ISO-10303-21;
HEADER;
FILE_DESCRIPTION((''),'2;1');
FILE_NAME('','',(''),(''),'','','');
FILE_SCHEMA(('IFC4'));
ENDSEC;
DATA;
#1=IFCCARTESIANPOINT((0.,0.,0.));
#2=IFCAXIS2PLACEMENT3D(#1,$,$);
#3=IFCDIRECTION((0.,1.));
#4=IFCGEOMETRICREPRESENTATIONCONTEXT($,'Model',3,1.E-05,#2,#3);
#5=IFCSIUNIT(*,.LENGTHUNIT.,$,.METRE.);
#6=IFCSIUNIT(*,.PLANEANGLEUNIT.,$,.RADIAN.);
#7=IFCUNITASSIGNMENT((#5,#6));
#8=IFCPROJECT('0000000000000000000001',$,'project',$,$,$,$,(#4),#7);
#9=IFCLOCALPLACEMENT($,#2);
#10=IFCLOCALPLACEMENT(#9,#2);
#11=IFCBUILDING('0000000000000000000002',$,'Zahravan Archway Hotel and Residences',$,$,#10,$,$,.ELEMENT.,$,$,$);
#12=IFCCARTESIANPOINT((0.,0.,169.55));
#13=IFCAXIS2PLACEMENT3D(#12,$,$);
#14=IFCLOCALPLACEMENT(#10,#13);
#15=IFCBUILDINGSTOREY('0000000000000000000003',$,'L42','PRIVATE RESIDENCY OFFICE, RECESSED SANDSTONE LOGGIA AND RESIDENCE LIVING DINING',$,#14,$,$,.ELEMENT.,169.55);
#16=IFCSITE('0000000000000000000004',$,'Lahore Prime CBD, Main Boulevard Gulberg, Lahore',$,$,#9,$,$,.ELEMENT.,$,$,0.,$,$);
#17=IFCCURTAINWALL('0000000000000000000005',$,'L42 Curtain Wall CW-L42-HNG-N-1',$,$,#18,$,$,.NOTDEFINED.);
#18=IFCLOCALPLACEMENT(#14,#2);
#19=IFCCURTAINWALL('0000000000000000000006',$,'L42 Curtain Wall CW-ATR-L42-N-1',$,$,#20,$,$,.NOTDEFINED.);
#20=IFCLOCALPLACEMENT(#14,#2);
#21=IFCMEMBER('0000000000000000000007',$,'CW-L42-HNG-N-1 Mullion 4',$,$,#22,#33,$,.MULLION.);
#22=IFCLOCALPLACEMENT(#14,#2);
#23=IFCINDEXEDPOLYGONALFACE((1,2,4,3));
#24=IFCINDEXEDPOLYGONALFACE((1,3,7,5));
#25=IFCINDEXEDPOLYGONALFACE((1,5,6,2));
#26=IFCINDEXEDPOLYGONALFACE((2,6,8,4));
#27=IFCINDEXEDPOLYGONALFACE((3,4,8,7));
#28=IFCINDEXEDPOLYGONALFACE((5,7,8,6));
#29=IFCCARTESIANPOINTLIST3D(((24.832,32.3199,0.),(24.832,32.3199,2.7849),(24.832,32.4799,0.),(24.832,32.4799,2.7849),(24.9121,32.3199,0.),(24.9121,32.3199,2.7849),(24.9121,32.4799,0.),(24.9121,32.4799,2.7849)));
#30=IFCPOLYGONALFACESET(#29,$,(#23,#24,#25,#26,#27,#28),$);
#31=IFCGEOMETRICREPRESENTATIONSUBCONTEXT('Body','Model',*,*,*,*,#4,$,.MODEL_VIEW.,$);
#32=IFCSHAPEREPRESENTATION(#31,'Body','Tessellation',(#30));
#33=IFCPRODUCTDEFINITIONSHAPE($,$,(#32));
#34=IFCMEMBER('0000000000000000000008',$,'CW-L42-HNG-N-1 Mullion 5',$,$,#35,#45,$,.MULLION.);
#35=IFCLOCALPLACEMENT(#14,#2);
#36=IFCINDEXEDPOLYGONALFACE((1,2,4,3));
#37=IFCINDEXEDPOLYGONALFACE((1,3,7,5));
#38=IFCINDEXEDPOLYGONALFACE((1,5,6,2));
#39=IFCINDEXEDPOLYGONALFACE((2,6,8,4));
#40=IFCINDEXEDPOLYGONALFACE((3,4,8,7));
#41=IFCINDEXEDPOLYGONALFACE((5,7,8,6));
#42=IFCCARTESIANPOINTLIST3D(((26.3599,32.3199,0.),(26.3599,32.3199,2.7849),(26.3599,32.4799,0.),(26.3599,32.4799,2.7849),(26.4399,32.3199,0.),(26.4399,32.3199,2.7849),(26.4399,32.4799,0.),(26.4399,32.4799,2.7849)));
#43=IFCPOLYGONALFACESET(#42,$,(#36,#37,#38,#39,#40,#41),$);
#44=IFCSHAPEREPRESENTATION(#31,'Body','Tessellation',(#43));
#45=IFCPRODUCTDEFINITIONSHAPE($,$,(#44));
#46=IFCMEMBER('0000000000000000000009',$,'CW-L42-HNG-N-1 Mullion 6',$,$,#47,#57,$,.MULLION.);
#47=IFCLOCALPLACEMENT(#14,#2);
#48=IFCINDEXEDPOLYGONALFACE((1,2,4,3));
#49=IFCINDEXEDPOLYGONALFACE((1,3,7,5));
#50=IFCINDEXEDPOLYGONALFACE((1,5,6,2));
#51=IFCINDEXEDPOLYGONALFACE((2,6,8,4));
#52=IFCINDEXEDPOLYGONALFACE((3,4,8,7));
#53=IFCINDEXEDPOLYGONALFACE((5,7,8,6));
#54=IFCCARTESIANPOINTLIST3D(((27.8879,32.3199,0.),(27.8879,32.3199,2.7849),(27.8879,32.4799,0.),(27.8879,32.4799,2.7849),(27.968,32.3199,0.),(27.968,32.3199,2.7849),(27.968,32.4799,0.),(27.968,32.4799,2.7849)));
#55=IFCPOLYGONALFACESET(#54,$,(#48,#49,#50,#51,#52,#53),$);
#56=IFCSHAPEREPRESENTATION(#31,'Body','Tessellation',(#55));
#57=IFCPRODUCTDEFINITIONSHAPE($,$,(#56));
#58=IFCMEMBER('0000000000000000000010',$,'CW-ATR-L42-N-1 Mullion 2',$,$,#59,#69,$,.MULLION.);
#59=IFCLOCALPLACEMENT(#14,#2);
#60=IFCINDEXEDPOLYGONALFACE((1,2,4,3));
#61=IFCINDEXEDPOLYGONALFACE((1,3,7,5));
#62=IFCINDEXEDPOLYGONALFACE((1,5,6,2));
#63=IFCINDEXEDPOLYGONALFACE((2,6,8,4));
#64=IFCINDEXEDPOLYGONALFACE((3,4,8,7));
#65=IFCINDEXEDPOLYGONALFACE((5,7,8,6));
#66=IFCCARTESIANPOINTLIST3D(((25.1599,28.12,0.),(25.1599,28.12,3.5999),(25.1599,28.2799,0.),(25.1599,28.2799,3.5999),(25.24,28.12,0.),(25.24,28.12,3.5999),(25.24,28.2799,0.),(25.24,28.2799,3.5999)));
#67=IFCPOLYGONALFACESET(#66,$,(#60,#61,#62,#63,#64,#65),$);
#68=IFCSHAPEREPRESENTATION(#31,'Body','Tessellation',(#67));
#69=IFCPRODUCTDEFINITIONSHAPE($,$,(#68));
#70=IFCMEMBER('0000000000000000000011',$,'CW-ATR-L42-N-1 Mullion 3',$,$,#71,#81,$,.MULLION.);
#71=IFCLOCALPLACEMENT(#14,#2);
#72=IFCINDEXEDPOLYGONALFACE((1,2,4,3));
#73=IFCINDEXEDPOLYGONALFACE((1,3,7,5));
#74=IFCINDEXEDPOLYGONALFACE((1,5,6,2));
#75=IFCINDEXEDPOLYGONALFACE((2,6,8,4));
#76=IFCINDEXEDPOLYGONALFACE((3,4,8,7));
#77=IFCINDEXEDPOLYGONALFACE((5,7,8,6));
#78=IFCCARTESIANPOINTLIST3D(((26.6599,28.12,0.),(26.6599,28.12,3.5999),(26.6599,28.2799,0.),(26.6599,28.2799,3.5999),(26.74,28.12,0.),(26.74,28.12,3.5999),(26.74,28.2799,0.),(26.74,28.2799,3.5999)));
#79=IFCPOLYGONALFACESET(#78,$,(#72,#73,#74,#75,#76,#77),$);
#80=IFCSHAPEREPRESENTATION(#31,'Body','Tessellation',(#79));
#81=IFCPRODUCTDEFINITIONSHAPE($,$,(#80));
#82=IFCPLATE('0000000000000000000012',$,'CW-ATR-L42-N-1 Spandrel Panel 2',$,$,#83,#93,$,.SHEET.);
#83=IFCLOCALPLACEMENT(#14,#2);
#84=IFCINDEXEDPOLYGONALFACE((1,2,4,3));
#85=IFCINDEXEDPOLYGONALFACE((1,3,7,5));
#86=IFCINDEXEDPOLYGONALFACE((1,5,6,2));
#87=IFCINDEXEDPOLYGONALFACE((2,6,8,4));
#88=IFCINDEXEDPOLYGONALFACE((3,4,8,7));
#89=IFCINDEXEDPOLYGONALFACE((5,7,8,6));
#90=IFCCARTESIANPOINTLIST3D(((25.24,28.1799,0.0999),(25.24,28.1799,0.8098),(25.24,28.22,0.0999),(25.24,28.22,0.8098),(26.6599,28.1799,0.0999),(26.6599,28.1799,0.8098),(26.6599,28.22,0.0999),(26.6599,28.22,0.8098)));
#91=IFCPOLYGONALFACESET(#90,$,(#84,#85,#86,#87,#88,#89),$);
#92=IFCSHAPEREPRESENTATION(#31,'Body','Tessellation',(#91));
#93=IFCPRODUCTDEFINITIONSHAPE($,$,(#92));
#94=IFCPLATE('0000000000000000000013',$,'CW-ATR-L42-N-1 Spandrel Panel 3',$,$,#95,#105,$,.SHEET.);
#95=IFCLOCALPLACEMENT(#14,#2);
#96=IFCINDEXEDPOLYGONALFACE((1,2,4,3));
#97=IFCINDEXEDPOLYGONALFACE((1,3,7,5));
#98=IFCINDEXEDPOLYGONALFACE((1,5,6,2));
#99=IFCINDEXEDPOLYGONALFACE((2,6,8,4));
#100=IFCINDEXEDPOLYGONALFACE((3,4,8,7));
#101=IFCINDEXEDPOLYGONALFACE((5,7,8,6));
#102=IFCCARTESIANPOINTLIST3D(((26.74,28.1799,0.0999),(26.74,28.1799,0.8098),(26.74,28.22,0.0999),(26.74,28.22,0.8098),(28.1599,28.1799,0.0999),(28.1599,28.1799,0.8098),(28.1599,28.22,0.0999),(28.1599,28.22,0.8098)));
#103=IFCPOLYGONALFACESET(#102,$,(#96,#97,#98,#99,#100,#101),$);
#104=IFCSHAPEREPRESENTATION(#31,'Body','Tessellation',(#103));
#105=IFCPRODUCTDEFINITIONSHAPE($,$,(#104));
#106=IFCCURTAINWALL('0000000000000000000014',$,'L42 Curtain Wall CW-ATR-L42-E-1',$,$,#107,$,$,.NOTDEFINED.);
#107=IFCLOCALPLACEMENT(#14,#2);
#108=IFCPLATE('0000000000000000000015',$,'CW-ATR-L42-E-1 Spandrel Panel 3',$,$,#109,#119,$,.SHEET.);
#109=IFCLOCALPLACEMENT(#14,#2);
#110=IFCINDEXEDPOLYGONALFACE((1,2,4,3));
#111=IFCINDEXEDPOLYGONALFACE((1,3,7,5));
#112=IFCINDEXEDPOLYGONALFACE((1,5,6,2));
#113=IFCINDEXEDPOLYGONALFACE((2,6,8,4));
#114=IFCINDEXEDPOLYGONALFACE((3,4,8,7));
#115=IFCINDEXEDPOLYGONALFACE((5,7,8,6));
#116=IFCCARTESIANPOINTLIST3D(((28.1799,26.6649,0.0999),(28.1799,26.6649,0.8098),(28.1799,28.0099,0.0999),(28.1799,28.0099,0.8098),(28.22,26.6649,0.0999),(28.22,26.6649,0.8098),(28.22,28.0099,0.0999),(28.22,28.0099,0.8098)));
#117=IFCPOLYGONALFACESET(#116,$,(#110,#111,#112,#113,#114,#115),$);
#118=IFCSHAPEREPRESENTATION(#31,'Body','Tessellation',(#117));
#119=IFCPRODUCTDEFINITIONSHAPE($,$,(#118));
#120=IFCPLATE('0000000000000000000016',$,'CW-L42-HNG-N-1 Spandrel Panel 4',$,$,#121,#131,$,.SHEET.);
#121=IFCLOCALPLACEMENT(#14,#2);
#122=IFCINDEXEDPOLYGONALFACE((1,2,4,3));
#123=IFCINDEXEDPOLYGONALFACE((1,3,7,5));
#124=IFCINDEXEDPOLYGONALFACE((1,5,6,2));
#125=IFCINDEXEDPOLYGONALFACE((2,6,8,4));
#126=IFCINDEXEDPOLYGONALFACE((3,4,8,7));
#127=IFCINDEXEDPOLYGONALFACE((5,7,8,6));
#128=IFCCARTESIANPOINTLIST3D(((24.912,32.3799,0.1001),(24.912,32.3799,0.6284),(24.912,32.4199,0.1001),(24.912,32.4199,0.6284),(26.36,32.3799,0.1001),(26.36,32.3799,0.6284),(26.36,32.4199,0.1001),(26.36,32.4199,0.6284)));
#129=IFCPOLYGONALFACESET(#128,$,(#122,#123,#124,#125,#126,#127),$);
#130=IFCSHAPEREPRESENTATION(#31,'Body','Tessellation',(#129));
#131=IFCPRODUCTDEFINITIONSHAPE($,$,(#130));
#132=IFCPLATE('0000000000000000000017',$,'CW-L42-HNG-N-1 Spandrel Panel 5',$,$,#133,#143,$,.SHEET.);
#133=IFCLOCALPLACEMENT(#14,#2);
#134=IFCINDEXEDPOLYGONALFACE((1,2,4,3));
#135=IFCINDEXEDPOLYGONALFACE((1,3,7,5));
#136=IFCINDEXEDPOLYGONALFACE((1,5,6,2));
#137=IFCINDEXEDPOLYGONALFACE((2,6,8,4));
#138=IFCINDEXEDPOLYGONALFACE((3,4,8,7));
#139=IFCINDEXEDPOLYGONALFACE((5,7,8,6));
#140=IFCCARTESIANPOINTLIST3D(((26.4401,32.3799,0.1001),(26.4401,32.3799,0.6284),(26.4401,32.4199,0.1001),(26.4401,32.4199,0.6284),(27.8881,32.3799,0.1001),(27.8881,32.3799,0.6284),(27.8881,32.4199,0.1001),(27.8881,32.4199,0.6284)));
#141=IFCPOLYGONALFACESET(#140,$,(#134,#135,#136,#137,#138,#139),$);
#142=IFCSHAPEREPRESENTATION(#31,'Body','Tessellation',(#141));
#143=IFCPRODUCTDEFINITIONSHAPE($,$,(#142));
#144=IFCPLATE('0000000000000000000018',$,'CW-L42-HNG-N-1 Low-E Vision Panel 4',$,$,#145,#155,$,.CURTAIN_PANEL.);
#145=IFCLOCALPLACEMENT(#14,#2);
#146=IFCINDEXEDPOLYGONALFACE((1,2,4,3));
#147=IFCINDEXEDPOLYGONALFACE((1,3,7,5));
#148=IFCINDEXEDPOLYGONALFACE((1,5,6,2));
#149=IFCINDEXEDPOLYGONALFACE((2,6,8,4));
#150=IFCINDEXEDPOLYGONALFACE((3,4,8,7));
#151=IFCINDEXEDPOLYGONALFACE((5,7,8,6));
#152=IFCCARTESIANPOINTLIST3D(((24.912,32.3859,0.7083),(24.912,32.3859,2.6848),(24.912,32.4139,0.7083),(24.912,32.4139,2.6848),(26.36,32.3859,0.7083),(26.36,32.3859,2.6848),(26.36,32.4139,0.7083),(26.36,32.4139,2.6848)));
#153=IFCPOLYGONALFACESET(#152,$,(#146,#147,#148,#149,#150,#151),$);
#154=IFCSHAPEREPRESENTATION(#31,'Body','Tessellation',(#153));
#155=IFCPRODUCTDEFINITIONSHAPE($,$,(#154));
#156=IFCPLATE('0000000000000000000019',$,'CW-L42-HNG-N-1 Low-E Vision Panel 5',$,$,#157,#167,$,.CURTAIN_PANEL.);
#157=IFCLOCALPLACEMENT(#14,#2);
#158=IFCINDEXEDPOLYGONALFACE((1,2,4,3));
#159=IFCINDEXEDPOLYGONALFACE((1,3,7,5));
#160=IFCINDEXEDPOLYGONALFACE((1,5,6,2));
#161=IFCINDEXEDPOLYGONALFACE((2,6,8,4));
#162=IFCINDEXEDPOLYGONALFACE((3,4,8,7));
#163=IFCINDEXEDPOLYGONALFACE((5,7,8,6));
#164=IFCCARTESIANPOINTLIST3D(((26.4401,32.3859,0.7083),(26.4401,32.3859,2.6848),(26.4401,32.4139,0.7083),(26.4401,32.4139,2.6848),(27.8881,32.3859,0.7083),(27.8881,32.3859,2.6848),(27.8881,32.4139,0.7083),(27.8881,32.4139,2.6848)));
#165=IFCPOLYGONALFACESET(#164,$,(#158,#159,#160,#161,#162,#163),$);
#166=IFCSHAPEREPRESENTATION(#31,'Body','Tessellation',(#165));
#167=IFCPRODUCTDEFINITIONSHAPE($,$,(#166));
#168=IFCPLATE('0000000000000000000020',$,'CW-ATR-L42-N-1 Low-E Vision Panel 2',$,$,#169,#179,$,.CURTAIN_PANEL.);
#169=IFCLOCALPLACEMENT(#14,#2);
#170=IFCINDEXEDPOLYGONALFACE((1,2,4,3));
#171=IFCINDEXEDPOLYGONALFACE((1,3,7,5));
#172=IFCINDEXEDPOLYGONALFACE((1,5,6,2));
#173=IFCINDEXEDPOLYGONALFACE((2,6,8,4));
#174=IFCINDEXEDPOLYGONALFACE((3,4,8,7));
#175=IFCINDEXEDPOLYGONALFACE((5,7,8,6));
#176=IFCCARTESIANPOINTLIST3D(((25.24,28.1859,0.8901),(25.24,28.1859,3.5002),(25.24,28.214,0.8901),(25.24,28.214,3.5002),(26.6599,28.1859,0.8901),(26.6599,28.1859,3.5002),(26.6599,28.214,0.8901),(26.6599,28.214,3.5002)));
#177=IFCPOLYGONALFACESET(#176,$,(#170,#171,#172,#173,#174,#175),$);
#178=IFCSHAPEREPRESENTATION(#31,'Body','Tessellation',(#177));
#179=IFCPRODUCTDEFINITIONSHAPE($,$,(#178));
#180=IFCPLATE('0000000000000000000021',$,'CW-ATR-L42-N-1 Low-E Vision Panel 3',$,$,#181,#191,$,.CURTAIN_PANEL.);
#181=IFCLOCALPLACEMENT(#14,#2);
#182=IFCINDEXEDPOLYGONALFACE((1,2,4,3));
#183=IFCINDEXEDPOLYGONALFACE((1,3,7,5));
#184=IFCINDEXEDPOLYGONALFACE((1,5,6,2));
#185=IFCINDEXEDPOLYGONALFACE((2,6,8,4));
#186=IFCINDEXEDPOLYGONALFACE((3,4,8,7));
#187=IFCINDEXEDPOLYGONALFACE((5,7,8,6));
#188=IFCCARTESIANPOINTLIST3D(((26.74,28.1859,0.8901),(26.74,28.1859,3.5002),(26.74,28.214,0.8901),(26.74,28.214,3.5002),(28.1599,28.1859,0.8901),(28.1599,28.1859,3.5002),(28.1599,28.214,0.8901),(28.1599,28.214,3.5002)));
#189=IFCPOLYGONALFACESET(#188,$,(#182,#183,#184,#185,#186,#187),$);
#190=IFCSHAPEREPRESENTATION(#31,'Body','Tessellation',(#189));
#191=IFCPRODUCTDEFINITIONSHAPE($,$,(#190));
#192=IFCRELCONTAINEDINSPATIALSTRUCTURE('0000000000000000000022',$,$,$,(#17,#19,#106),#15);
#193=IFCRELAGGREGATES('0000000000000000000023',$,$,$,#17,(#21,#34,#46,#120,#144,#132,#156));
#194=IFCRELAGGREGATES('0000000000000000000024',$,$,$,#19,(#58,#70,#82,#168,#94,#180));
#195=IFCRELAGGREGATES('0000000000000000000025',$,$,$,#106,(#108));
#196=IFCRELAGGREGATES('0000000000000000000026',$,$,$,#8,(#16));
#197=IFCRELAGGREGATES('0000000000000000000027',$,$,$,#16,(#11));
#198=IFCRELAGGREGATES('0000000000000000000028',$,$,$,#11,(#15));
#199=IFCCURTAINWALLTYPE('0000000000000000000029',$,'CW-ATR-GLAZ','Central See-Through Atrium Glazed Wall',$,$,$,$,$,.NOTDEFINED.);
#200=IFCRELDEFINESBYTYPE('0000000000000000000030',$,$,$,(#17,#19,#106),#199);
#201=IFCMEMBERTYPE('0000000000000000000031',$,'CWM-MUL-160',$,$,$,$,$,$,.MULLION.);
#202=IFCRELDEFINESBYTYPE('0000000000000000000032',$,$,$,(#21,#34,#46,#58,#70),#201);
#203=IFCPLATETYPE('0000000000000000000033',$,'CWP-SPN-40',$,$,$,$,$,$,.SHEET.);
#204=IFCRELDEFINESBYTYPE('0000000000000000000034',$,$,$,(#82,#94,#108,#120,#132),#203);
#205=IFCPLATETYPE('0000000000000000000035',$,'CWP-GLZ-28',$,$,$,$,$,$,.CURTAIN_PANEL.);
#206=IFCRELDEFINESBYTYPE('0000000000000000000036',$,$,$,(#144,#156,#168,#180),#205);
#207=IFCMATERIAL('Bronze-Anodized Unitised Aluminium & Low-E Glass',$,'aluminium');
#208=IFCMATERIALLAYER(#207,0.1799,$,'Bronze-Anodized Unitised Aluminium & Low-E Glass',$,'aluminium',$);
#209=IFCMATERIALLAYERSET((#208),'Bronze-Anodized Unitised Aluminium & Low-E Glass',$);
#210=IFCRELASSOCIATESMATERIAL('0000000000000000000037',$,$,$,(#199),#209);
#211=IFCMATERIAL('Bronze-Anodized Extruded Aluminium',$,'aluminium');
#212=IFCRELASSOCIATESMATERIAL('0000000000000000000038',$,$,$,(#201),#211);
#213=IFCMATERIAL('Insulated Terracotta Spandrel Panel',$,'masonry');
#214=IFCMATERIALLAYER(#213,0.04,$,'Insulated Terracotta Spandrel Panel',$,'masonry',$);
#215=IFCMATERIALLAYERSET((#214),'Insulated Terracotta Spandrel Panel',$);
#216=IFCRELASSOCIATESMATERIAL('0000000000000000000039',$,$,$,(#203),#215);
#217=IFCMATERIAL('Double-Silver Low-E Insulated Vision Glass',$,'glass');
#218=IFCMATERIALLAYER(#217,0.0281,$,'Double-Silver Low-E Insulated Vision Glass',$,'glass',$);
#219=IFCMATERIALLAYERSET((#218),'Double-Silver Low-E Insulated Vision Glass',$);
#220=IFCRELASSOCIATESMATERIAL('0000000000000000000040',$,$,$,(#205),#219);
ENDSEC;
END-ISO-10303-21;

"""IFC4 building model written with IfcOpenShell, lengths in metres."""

from ifc_helpers import new_model, si_unit, direction, frame, origin, origin_2d, place, context, subcontext, project, spatial, rectangle, extrude, source, transform, mapped, material, layer, layer_set, material_profile, profile_set, type_object, element, aggregate, save


model = new_model("IFC4")

# Units and contexts
model_context = context("Model", 3, precision=1e-05, world=origin(), true_north=direction((0.0, 1.0)))
body_context = subcontext(model_context, "Body", "Model", "MODEL_VIEW")
ifc_project = project(units=[si_unit("LENGTHUNIT", "METRE"), si_unit("PLANEANGLEUNIT", "RADIAN")], contexts=[model_context])

# Site, building, storey
site_placement = place(None, origin())
site = spatial("IfcSite", under=ifc_project, at=site_placement, Name="Lahore Prime CBD, Main Boulevard Gulberg, Lahore", CompositionType="ELEMENT", RefElevation=0.0)
building_placement = place(site_placement, origin())
building = spatial("IfcBuilding", under=site, at=building_placement, Name="Zahravan Archway Hotel and Residences", CompositionType="ELEMENT")
storey_placement = place(building_placement, frame((0.0, 0.0, 169.55)))
storey = spatial("IfcBuildingStorey", under=building, at=storey_placement, Name="L42", Description="PRIVATE RESIDENCY OFFICE, RECESSED SANDSTONE LOGGIA AND RESIDENCE LIVING DINING", CompositionType="ELEMENT", Elevation=169.55)

# Curtain walls
ifc_material_1 = material(Name="Bronze-Anodized Unitised Aluminium & Low-E Glass", Category="aluminium")
ifc_layer_1 = layer(ifc_material_1, 0.1799, Name="Bronze-Anodized Unitised Aluminium & Low-E Glass", Category="aluminium")
ifc_layer_set_1 = layer_set([ifc_layer_1], Name="Bronze-Anodized Unitised Aluminium & Low-E Glass")
curtain_wall_type = type_object("IfcCurtainWallType", Name="CW-ATR-GLAZ", Description="Central See-Through Atrium Glazed Wall", PredefinedType="NOTDEFINED", material=ifc_layer_set_1)
curtain_wall_1_placement = place(storey_placement, origin())
curtain_wall_1 = element("IfcCurtainWall", 1, at=curtain_wall_1_placement, inside=storey, type_object=curtain_wall_type, Name="L42 Curtain Wall CW-L42-HNG-N-1", PredefinedType="NOTDEFINED")
ifc_material_2 = material(Name="Bronze-Anodized Extruded Aluminium", Category="aluminium")
curtain_wall_2_placement = place(storey_placement, origin())
curtain_wall_2 = element("IfcCurtainWall", 2, at=curtain_wall_2_placement, inside=storey, type_object=curtain_wall_type, Name="L42 Curtain Wall CW-ATR-L42-N-1", PredefinedType="NOTDEFINED")

# Members
ifc_material_profile_1 = material_profile(ifc_material_2, rectangle(XDim=0.0801, YDim=0.1599, at=origin_2d()), Name="MUL 80x160", Category="aluminium")
ifc_profile_set_1 = profile_set([ifc_material_profile_1], Name="Bronze-Anodized Extruded Aluminium")
member_type_1 = type_object("IfcMemberType", Name="CWM-MUL-160", PredefinedType="MULLION", material=ifc_profile_set_1)
shared_shape_1 = source(origin(), body_context, "Body", "SweptSolid", [
    extrude(rectangle(XDim=0.0801, YDim=0.1599, at=origin_2d()), origin(), (0.0, 0.0, 1.0), 2.7849),
])
member_1_placement = place(storey_placement, frame((24.8721, 32.3999, 0.0), z_axis=(0.0, 0.0, 1.0), x_axis=(1.0, 0.0, 0.0)))
member_1 = element("IfcMember", 3, at=member_1_placement, type_object=member_type_1, Name="CW-L42-HNG-N-1 Mullion 4", PredefinedType="MULLION", context=body_context, shape_type="MappedRepresentation", body=[
    mapped(shared_shape_1, transform((0.0, 0.0, 0.0), scale=1.0)),
])
member_2_placement = place(storey_placement, frame((26.3999, 32.3999, 0.0), z_axis=(0.0, 0.0, 1.0), x_axis=(1.0, 0.0, 0.0)))
member_2 = element("IfcMember", 4, at=member_2_placement, type_object=member_type_1, Name="CW-L42-HNG-N-1 Mullion 5", PredefinedType="MULLION", context=body_context, shape_type="MappedRepresentation", body=[
    mapped(shared_shape_1, transform((0.0, 0.0, 0.0), scale=1.0)),
])
member_3_placement = place(storey_placement, frame((27.928, 32.3999, 0.0), z_axis=(0.0, 0.0, 1.0), x_axis=(1.0, 0.0, 0.0)))
member_3 = element("IfcMember", 5, at=member_3_placement, type_object=member_type_1, Name="CW-L42-HNG-N-1 Mullion 6", PredefinedType="MULLION", context=body_context, shape_type="MappedRepresentation", body=[
    mapped(shared_shape_1, transform((0.0, 0.0, 0.0), scale=1.0)),
])
shared_shape_2 = source(origin(), body_context, "Body", "SweptSolid", [
    extrude(rectangle(XDim=0.0801, YDim=0.1599, at=origin_2d()), origin(), (0.0, 0.0, 1.0), 3.5999),
])
member_4_placement = place(storey_placement, frame((25.2, 28.2, 0.0), z_axis=(0.0, 0.0, 1.0), x_axis=(1.0, 0.0, 0.0)))
member_4 = element("IfcMember", 6, at=member_4_placement, type_object=member_type_1, Name="CW-ATR-L42-N-1 Mullion 2", PredefinedType="MULLION", context=body_context, shape_type="MappedRepresentation", body=[
    mapped(shared_shape_2, transform((0.0, 0.0, 0.0), scale=1.0)),
])
member_5_placement = place(storey_placement, frame((26.7, 28.2, 0.0), z_axis=(0.0, 0.0, 1.0), x_axis=(1.0, 0.0, 0.0)))
member_5 = element("IfcMember", 7, at=member_5_placement, type_object=member_type_1, Name="CW-ATR-L42-N-1 Mullion 3", PredefinedType="MULLION", context=body_context, shape_type="MappedRepresentation", body=[
    mapped(shared_shape_2, transform((0.0, 0.0, 0.0), scale=1.0)),
])

# Plates
ifc_material_3 = material(Name="Insulated Terracotta Spandrel Panel", Category="masonry")
ifc_layer_2 = layer(ifc_material_3, 0.04, Name="Insulated Terracotta Spandrel Panel", Category="masonry")
ifc_layer_set_2 = layer_set([ifc_layer_2], Name="Insulated Terracotta Spandrel Panel")
plate_type_1 = type_object("IfcPlateType", Name="CWP-SPN-40", PredefinedType="SHEET", material=ifc_layer_set_2)
shared_shape_3 = source(origin(), body_context, "Body", "SweptSolid", [
    extrude(rectangle(XDim=1.4199, YDim=0.04, at=origin_2d()), origin(), (0.0, 0.0, 1.0), 0.71),
])
plate_1_placement = place(storey_placement, frame((25.95, 28.2, 0.0999), z_axis=(0.0, 0.0, 1.0), x_axis=(1.0, 0.0, 0.0)))
plate_1 = element("IfcPlate", 8, at=plate_1_placement, type_object=plate_type_1, Name="CW-ATR-L42-N-1 Spandrel Panel 2", PredefinedType="SHEET", context=body_context, shape_type="MappedRepresentation", body=[
    mapped(shared_shape_3, transform((0.0, 0.0, 0.0), scale=1.0)),
])
plate_2_placement = place(storey_placement, frame((27.45, 28.2, 0.0999), z_axis=(0.0, 0.0, 1.0), x_axis=(1.0, 0.0, 0.0)))
plate_2 = element("IfcPlate", 9, at=plate_2_placement, type_object=plate_type_1, Name="CW-ATR-L42-N-1 Spandrel Panel 3", PredefinedType="SHEET", context=body_context, shape_type="MappedRepresentation", body=[
    mapped(shared_shape_3, transform((0.0, 0.0, 0.0), scale=1.0)),
])

# Curtain wall, plate
curtain_wall_3_placement = place(storey_placement, origin())
curtain_wall_3 = element("IfcCurtainWall", 10, at=curtain_wall_3_placement, inside=storey, type_object=curtain_wall_type, Name="L42 Curtain Wall CW-ATR-L42-E-1", PredefinedType="NOTDEFINED")
shared_shape_4 = source(origin(), body_context, "Body", "SweptSolid", [
    extrude(rectangle(XDim=1.345, YDim=0.04, at=origin_2d()), origin(), (0.0, 0.0, 1.0), 0.71),
])
plate_3_placement = place(storey_placement, frame((28.2, 27.3374, 0.0999), z_axis=(0.0, 0.0, 1.0), x_axis=(0.0, 1.0, 0.0)))
plate_3 = element("IfcPlate", 11, at=plate_3_placement, type_object=plate_type_1, Name="CW-ATR-L42-E-1 Spandrel Panel 3", PredefinedType="SHEET", context=body_context, shape_type="MappedRepresentation", body=[
    mapped(shared_shape_4, transform((0.0, 0.0, 0.0), scale=1.0)),
])

# Plates
shared_shape_5 = source(origin(), body_context, "Body", "SweptSolid", [
    extrude(rectangle(XDim=1.448, YDim=0.04, at=origin_2d()), origin(), (0.0, 0.0, 1.0), 0.5283),
])
plate_4_placement = place(storey_placement, frame((25.636, 32.3999, 0.1001), z_axis=(0.0, 0.0, 1.0), x_axis=(1.0, 0.0, 0.0)))
plate_4 = element("IfcPlate", 12, at=plate_4_placement, type_object=plate_type_1, Name="CW-L42-HNG-N-1 Spandrel Panel 4", PredefinedType="SHEET", context=body_context, shape_type="MappedRepresentation", body=[
    mapped(shared_shape_5, transform((0.0, 0.0, 0.0), scale=1.0)),
])
plate_5_placement = place(storey_placement, frame((27.1641, 32.3999, 0.1001), z_axis=(0.0, 0.0, 1.0), x_axis=(1.0, 0.0, 0.0)))
plate_5 = element("IfcPlate", 13, at=plate_5_placement, type_object=plate_type_1, Name="CW-L42-HNG-N-1 Spandrel Panel 5", PredefinedType="SHEET", context=body_context, shape_type="MappedRepresentation", body=[
    mapped(shared_shape_5, transform((0.0, 0.0, 0.0), scale=1.0)),
])
ifc_material_4 = material(Name="Double-Silver Low-E Insulated Vision Glass", Category="glass")
ifc_layer_3 = layer(ifc_material_4, 0.0281, Name="Double-Silver Low-E Insulated Vision Glass", Category="glass")
ifc_layer_set_3 = layer_set([ifc_layer_3], Name="Double-Silver Low-E Insulated Vision Glass")
plate_type_2 = type_object("IfcPlateType", Name="CWP-GLZ-28", PredefinedType="CURTAIN_PANEL", material=ifc_layer_set_3)
shared_shape_6 = source(origin(), body_context, "Body", "SweptSolid", [
    extrude(rectangle(XDim=1.448, YDim=0.0281, at=origin_2d()), origin(), (0.0, 0.0, 1.0), 1.9766),
])
plate_6_placement = place(storey_placement, frame((25.636, 32.3999, 0.7083), z_axis=(0.0, 0.0, 1.0), x_axis=(1.0, 0.0, 0.0)))
plate_6 = element("IfcPlate", 14, at=plate_6_placement, type_object=plate_type_2, Name="CW-L42-HNG-N-1 Low-E Vision Panel 4", PredefinedType="CURTAIN_PANEL", context=body_context, shape_type="MappedRepresentation", body=[
    mapped(shared_shape_6, transform((0.0, 0.0, 0.0), scale=1.0)),
])
plate_7_placement = place(storey_placement, frame((27.1641, 32.3999, 0.7083), z_axis=(0.0, 0.0, 1.0), x_axis=(1.0, 0.0, 0.0)))
plate_7 = element("IfcPlate", 15, at=plate_7_placement, type_object=plate_type_2, Name="CW-L42-HNG-N-1 Low-E Vision Panel 5", PredefinedType="CURTAIN_PANEL", context=body_context, shape_type="MappedRepresentation", body=[
    mapped(shared_shape_6, transform((0.0, 0.0, 0.0), scale=1.0)),
])
aggregate(curtain_wall_1, [member_1, member_2, member_3, plate_4, plate_6, plate_5, plate_7])
shared_shape_7 = source(origin(), body_context, "Body", "SweptSolid", [
    extrude(rectangle(XDim=1.4199, YDim=0.0281, at=origin_2d()), origin(), (0.0, 0.0, 1.0), 2.6101),
])
plate_8_placement = place(storey_placement, frame((25.95, 28.2, 0.8901), z_axis=(0.0, 0.0, 1.0), x_axis=(1.0, 0.0, 0.0)))
plate_8 = element("IfcPlate", 16, at=plate_8_placement, type_object=plate_type_2, Name="CW-ATR-L42-N-1 Low-E Vision Panel 2", PredefinedType="CURTAIN_PANEL", context=body_context, shape_type="MappedRepresentation", body=[
    mapped(shared_shape_7, transform((0.0, 0.0, 0.0), scale=1.0)),
])
plate_9_placement = place(storey_placement, frame((27.45, 28.2, 0.8901), z_axis=(0.0, 0.0, 1.0), x_axis=(1.0, 0.0, 0.0)))
plate_9 = element("IfcPlate", 17, at=plate_9_placement, type_object=plate_type_2, Name="CW-ATR-L42-N-1 Low-E Vision Panel 3", PredefinedType="CURTAIN_PANEL", context=body_context, shape_type="MappedRepresentation", body=[
    mapped(shared_shape_7, transform((0.0, 0.0, 0.0), scale=1.0)),
])
aggregate(curtain_wall_2, [member_4, member_5, plate_1, plate_8, plate_2, plate_9])
aggregate(curtain_wall_3, [plate_3])

save(model, "model.ifc")
